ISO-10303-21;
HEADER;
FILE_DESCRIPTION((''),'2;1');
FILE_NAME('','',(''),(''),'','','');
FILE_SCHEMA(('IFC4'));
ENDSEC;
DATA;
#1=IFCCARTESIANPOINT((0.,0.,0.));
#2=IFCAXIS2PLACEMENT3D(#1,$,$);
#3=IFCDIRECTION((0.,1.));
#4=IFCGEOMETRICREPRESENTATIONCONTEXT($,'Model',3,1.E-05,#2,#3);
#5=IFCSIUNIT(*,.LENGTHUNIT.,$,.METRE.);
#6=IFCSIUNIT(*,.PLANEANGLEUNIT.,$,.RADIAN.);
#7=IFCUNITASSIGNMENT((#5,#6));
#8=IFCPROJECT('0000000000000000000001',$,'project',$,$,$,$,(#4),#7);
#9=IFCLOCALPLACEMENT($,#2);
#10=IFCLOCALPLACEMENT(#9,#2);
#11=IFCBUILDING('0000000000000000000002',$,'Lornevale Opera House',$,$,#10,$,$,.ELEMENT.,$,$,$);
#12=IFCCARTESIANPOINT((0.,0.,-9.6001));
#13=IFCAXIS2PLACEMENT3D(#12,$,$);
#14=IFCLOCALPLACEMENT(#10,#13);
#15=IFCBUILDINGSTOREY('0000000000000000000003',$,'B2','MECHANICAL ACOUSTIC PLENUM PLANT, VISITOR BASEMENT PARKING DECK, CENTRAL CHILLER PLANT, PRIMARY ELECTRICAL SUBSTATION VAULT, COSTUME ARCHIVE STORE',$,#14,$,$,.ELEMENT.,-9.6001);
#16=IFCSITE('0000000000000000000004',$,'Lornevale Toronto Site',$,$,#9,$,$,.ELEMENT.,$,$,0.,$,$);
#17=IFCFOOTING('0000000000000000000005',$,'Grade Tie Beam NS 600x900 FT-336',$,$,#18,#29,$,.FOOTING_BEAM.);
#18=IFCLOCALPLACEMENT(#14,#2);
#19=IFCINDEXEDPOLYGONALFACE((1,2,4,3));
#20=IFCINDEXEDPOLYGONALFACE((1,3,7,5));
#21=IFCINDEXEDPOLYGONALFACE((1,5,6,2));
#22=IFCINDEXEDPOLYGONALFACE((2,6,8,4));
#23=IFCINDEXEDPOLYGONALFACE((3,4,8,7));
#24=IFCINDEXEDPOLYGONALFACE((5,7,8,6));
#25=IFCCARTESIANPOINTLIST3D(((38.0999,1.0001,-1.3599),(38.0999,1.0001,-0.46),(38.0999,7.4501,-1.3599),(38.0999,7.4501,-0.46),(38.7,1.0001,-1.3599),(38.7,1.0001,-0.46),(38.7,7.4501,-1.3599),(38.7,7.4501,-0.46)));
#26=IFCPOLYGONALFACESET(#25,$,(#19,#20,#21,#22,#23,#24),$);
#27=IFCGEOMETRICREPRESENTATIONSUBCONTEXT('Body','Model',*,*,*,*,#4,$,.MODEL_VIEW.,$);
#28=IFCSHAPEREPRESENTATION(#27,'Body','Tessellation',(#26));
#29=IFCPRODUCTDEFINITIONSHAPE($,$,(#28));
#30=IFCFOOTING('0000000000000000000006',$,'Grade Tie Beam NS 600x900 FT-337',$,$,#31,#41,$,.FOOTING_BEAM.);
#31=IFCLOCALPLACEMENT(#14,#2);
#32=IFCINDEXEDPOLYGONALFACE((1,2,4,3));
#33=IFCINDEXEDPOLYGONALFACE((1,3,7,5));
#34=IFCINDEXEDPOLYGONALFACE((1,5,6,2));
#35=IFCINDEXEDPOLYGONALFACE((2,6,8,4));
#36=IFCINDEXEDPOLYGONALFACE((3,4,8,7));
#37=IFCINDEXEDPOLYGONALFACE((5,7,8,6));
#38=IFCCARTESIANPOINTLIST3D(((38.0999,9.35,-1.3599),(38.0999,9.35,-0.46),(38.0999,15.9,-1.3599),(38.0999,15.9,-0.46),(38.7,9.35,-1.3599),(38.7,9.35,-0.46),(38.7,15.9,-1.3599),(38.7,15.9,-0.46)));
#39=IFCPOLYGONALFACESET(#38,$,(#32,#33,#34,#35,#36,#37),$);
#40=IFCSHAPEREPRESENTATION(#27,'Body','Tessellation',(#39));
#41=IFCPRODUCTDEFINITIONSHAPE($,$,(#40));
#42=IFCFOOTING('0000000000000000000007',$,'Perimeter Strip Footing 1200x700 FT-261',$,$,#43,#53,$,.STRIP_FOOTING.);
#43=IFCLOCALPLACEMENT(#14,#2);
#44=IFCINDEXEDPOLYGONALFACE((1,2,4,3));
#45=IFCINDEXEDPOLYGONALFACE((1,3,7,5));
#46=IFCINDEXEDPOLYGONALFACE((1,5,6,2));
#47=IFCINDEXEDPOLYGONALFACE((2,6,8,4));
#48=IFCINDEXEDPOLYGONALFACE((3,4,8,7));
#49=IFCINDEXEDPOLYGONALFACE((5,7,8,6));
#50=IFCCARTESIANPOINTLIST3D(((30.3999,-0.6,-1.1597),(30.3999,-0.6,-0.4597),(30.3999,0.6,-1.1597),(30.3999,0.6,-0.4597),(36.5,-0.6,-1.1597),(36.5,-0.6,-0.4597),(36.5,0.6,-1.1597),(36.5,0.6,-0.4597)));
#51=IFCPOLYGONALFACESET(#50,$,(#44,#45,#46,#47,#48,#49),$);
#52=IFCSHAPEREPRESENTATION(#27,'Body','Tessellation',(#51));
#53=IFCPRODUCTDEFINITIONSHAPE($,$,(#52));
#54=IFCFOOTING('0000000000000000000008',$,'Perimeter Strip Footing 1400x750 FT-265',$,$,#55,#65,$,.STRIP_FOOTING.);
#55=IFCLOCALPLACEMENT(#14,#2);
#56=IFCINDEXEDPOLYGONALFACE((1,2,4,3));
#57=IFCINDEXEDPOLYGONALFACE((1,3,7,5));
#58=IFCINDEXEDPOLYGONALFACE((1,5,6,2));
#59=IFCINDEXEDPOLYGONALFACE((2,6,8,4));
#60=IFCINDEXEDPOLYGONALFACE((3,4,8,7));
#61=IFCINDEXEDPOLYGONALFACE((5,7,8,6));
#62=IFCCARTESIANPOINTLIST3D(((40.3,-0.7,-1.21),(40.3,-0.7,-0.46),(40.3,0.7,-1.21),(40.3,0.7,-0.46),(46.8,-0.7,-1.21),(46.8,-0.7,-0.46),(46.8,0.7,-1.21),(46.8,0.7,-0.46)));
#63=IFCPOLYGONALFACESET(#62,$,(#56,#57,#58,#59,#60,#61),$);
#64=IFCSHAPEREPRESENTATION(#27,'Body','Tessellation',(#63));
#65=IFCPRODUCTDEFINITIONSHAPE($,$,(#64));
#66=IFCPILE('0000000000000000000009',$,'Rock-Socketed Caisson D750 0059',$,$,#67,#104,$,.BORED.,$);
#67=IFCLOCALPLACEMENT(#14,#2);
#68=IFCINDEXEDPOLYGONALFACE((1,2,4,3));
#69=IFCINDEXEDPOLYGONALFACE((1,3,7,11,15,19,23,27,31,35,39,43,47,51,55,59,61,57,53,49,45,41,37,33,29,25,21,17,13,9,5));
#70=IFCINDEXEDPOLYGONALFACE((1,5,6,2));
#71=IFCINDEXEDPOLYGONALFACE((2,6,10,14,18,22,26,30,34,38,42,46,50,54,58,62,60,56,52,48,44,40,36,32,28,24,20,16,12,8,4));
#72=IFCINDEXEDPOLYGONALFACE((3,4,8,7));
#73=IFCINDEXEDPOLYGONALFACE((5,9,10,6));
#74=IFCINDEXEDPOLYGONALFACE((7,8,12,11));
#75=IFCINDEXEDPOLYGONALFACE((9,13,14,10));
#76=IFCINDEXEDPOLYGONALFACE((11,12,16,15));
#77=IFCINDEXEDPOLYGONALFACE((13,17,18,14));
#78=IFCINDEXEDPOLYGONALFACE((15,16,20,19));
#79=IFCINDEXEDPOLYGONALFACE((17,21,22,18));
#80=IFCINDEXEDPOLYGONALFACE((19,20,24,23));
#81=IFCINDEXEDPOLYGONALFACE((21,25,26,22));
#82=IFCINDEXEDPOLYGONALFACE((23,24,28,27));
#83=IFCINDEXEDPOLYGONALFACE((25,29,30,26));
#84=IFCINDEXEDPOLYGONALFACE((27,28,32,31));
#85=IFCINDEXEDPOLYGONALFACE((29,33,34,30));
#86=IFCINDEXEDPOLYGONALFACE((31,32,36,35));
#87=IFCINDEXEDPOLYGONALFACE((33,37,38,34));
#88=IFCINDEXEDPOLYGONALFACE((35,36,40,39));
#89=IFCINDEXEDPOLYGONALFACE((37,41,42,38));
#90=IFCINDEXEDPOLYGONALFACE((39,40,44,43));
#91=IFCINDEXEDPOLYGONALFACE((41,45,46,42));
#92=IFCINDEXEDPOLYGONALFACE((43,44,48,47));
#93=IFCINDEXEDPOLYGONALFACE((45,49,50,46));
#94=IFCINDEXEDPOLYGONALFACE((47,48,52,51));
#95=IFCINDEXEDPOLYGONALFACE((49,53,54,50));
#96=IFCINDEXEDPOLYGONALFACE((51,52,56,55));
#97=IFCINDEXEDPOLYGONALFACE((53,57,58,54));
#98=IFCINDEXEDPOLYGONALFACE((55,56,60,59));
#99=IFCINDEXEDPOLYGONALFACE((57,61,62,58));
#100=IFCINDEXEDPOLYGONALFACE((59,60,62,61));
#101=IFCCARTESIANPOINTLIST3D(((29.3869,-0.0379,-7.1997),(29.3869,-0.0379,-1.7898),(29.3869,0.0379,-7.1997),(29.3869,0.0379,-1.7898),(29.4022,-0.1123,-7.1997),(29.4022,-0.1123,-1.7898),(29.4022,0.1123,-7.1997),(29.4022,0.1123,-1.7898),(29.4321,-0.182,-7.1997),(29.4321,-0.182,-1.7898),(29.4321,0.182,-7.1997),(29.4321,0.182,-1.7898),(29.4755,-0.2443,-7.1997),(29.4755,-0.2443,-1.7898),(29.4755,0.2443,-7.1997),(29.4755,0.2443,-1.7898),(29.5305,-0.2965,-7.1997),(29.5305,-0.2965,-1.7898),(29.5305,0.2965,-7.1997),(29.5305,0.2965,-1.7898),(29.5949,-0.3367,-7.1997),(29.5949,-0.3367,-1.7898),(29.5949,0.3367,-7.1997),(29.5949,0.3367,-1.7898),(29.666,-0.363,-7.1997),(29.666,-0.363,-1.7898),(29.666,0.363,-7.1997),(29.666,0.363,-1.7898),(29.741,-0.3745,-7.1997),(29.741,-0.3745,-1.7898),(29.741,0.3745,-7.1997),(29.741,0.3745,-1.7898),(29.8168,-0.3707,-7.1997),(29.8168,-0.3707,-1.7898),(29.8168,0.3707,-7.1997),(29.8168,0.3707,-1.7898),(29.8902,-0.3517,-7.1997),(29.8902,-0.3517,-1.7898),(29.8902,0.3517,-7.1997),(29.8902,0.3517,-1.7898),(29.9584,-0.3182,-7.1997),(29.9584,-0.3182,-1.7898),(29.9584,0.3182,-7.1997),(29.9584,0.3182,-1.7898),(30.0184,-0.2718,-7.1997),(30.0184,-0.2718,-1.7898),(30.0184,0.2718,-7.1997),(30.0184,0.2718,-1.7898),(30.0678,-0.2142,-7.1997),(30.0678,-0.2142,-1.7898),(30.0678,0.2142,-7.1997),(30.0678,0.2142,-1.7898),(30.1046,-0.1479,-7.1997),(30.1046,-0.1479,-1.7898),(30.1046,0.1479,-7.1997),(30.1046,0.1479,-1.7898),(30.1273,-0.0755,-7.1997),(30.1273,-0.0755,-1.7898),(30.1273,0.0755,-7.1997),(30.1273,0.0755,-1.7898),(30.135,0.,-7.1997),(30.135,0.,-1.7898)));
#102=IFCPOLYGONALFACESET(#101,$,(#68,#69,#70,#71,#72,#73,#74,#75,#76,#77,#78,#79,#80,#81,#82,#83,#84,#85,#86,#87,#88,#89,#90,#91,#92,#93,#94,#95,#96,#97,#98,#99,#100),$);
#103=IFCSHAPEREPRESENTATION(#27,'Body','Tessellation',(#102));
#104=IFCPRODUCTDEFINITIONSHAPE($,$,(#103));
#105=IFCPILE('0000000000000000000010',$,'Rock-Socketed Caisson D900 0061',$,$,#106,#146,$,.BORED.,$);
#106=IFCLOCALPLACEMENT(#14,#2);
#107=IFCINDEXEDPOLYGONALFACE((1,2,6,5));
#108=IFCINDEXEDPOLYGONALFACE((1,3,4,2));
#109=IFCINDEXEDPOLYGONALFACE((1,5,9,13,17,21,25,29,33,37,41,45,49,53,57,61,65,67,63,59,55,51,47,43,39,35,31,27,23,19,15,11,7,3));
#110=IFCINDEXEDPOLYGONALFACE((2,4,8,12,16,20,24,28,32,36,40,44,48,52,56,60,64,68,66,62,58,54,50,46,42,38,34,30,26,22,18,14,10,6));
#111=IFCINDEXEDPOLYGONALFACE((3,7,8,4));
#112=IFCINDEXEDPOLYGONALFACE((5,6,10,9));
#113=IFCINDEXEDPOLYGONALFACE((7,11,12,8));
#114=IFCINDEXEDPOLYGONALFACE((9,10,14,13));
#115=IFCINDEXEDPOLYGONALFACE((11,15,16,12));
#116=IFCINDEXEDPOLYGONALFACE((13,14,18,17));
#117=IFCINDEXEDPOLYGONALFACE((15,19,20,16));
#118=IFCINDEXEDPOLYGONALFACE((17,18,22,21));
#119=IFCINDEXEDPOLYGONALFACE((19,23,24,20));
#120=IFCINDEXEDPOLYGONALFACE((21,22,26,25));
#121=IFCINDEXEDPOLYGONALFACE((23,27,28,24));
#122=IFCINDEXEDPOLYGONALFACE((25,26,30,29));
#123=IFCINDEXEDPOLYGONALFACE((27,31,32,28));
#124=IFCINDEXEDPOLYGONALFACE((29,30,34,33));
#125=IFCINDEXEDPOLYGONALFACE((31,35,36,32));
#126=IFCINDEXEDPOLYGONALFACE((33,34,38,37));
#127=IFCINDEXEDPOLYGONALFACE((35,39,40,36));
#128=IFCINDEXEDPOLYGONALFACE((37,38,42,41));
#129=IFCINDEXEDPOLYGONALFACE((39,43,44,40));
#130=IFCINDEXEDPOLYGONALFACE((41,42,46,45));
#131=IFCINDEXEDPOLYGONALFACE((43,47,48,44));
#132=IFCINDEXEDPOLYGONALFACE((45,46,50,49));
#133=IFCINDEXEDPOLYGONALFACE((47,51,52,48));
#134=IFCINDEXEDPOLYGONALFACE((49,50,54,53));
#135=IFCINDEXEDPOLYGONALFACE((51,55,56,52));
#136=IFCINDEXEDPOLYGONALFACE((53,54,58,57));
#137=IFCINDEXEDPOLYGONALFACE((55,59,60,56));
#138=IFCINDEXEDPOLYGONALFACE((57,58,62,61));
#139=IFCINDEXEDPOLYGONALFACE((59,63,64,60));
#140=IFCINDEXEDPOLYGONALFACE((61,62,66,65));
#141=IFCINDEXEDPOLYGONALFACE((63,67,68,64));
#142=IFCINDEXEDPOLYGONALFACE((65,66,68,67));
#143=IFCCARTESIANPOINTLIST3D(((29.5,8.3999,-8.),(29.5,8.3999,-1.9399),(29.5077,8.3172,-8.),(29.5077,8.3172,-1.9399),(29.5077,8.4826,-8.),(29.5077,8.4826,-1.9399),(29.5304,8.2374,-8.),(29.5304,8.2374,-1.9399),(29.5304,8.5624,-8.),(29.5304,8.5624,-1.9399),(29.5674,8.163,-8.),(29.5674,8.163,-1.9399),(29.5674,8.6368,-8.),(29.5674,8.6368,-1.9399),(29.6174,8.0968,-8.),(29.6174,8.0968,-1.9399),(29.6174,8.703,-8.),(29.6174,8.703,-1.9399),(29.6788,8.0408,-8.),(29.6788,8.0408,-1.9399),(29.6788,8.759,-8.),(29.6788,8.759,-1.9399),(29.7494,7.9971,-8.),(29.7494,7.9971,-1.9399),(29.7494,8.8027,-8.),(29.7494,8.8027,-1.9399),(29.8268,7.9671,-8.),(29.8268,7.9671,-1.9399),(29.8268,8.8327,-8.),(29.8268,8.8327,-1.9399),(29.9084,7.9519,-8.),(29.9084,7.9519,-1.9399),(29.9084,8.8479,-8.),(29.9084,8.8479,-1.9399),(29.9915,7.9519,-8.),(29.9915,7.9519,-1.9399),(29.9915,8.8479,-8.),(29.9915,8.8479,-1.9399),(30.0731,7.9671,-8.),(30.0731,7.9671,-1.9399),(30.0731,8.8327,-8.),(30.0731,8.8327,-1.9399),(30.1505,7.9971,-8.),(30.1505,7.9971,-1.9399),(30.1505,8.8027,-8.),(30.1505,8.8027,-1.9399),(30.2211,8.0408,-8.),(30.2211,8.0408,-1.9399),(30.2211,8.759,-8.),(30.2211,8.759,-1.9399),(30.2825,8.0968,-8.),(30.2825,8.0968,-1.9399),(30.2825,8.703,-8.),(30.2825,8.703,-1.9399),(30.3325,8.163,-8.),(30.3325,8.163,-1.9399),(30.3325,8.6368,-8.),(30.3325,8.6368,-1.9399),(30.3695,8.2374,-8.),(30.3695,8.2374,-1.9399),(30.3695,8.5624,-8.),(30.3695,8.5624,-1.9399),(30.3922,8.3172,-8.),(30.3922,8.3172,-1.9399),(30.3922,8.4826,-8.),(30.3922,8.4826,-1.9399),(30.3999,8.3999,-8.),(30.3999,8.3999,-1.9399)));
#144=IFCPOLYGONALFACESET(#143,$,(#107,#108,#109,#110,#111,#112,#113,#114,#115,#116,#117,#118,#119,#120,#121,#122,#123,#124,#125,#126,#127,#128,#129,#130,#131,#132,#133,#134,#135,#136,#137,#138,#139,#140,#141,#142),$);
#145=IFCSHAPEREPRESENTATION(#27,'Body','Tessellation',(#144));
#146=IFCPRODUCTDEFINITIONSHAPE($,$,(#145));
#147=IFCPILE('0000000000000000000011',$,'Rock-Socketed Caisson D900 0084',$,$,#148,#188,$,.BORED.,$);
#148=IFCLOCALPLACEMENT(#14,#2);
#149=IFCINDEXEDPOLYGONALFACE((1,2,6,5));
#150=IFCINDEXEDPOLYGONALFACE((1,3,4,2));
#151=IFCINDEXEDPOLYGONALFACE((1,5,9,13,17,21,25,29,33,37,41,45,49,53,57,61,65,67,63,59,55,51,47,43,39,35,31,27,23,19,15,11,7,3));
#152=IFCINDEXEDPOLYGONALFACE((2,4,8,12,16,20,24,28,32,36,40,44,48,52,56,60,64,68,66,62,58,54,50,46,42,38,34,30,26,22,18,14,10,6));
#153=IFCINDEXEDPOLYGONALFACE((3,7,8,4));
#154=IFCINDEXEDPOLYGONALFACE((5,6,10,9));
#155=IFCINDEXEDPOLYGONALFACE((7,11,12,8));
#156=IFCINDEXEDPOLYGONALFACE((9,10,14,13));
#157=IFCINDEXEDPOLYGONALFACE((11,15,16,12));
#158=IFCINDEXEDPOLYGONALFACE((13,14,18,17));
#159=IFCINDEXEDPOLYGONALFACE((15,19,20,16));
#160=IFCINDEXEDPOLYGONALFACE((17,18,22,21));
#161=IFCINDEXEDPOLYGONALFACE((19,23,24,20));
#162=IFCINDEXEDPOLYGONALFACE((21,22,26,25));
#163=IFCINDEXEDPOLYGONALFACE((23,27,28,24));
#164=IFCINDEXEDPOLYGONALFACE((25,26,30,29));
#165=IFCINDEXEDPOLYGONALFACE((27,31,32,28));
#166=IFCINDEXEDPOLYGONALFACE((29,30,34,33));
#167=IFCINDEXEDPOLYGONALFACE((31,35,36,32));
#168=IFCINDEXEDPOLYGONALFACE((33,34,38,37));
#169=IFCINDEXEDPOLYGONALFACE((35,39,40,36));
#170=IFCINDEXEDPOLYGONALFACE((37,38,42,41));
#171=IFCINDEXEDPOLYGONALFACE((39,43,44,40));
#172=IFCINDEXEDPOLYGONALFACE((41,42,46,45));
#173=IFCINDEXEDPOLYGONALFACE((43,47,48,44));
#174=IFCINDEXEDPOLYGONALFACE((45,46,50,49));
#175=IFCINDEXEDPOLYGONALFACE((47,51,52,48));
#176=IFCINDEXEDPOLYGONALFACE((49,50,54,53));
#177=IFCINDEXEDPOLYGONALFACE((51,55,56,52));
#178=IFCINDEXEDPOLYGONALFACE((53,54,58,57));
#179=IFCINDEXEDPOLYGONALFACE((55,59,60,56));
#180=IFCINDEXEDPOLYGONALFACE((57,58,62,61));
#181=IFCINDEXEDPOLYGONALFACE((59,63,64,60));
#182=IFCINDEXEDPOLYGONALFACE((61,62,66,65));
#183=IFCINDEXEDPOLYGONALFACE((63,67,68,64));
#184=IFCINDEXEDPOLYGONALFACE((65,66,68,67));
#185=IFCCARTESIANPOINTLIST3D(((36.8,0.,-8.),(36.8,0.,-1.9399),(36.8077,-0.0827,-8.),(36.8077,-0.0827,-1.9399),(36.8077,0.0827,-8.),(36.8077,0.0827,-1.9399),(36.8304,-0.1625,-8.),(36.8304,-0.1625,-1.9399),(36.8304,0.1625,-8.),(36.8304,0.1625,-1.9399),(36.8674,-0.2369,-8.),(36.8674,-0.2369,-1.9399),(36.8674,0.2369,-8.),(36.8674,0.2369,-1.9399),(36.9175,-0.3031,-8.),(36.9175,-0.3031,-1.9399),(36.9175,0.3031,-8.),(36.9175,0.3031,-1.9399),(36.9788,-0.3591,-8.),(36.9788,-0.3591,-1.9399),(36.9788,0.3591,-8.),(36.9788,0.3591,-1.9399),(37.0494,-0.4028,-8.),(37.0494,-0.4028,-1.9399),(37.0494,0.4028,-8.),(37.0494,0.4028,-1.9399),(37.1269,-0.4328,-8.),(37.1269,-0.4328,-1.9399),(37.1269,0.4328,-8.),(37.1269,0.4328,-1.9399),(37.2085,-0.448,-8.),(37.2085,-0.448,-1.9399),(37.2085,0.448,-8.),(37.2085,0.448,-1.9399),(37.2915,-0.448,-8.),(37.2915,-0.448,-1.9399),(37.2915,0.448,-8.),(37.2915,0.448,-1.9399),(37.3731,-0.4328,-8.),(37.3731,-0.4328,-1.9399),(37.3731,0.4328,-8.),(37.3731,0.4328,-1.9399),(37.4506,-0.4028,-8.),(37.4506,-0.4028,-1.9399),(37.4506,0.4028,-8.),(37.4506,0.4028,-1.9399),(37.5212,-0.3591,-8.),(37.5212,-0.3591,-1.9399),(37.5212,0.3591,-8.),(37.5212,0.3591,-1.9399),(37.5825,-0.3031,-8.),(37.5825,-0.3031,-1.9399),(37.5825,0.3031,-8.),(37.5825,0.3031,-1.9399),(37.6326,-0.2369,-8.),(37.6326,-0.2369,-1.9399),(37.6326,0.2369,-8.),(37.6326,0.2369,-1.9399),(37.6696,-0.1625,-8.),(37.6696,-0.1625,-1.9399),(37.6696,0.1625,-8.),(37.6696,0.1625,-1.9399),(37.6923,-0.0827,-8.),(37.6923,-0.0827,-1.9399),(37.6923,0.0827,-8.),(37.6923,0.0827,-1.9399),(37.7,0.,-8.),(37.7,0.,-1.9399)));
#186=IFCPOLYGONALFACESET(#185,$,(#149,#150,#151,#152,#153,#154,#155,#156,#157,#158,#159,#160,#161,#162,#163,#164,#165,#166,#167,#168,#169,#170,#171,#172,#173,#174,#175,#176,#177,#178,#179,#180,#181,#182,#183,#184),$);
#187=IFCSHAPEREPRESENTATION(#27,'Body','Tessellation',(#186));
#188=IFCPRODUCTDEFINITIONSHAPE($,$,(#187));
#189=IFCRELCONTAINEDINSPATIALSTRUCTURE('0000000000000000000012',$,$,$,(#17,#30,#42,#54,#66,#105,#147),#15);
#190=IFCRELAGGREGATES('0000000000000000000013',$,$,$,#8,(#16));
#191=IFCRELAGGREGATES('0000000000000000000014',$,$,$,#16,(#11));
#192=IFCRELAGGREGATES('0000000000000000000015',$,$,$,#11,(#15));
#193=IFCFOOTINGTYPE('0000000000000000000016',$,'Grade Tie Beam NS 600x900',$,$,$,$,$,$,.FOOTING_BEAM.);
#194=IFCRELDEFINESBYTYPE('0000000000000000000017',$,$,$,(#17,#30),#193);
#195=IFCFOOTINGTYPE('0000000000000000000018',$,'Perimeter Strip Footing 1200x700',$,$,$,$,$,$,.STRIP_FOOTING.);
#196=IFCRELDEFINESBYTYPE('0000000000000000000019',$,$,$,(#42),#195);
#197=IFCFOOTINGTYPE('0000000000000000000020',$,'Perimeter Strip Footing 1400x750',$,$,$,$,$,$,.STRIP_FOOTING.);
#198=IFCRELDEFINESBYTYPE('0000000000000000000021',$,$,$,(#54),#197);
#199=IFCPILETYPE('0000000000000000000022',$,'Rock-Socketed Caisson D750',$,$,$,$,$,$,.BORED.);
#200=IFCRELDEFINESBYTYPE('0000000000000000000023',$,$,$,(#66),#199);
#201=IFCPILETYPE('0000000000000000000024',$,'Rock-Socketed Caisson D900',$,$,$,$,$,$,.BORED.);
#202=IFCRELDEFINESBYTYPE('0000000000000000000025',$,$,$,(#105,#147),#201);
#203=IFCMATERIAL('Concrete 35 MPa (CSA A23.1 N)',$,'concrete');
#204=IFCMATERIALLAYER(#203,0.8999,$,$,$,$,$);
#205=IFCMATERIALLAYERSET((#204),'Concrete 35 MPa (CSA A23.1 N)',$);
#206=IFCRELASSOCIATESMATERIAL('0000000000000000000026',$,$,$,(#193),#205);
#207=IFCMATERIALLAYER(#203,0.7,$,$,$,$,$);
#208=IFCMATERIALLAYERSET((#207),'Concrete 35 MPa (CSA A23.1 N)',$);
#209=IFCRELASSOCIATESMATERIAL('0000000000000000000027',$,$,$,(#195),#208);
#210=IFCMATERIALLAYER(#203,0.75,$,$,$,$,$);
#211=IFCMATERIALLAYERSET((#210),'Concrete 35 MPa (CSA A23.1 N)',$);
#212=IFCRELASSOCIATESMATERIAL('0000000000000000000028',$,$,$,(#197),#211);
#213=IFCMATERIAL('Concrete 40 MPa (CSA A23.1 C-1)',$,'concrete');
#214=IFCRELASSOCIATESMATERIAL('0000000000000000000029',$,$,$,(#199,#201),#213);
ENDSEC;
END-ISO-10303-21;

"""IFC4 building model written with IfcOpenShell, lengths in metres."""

from ifc_helpers import new_model, si_unit, direction, frame, origin, origin_2d, place, context, subcontext, project, spatial, rectangle, circle, extrude, material, layer, layer_set, material_profile, profile_set, type_object, element, save


model = new_model("IFC4")

# Units and contexts
model_context = context("Model", 3, precision=1e-05, world=origin(), true_north=direction((0.0, 1.0)))
body_context = subcontext(model_context, "Body", "Model", "MODEL_VIEW")
ifc_project = project(units=[si_unit("LENGTHUNIT", "METRE"), si_unit("PLANEANGLEUNIT", "RADIAN")], contexts=[model_context])

# Site, building, storey
site_placement = place(None, origin())
site = spatial("IfcSite", under=ifc_project, at=site_placement, Name="Lornevale Toronto Site", CompositionType="ELEMENT", RefElevation=0.0)
building_placement = place(site_placement, origin())
building = spatial("IfcBuilding", under=site, at=building_placement, Name="Lornevale Opera House", CompositionType="ELEMENT")
storey_placement = place(building_placement, frame((0.0, 0.0, -9.6001)))
storey = spatial("IfcBuildingStorey", under=building, at=storey_placement, Name="B2", Description="MECHANICAL ACOUSTIC PLENUM PLANT, VISITOR BASEMENT PARKING DECK, CENTRAL CHILLER PLANT, PRIMARY ELECTRICAL SUBSTATION VAULT, COSTUME ARCHIVE STORE", CompositionType="ELEMENT", Elevation=-9.6001)

# Footings
ifc_material_1 = material(Name="Concrete 35 MPa (CSA A23.1 N)", Category="concrete")
ifc_layer_1 = layer(ifc_material_1, 0.8999)
ifc_layer_set_1 = layer_set([ifc_layer_1], Name="Concrete 35 MPa (CSA A23.1 N)")
footing_type_1 = type_object("IfcFootingType", Name="Grade Tie Beam NS 600x900", PredefinedType="FOOTING_BEAM", material=ifc_layer_set_1)
footing_1_placement = place(storey_placement, frame((38.3999, 4.2251, -1.3599), z_axis=(0.0, 0.0, 1.0), x_axis=(1.0, 0.0, 0.0)))
element("IfcFooting", 1, at=footing_1_placement, inside=storey, type_object=footing_type_1, Name="Grade Tie Beam NS 600x900 FT-336", PredefinedType="FOOTING_BEAM", context=body_context, shape_type="SweptSolid", body=[
    extrude(rectangle(XDim=0.6001, YDim=6.45, at=origin_2d()), origin(), (0.0, 0.0, 1.0), 0.8999),
])
footing_2_placement = place(storey_placement, frame((38.3999, 12.625, -1.3599), z_axis=(0.0, 0.0, 1.0), x_axis=(1.0, 0.0, 0.0)))
element("IfcFooting", 2, at=footing_2_placement, inside=storey, type_object=footing_type_1, Name="Grade Tie Beam NS 600x900 FT-337", PredefinedType="FOOTING_BEAM", context=body_context, shape_type="SweptSolid", body=[
    extrude(rectangle(XDim=0.6001, YDim=6.55, at=origin_2d()), origin(), (0.0, 0.0, 1.0), 0.8999),
])
ifc_layer_2 = layer(ifc_material_1, 0.7)
ifc_layer_set_2 = layer_set([ifc_layer_2], Name="Concrete 35 MPa (CSA A23.1 N)")
footing_type_2 = type_object("IfcFootingType", Name="Perimeter Strip Footing 1200x700", PredefinedType="STRIP_FOOTING", material=ifc_layer_set_2)
footing_3_placement = place(storey_placement, frame((33.45, 0.0, -1.1597), z_axis=(0.0, 0.0, 1.0), x_axis=(1.0, 0.0, 0.0)))
element("IfcFooting", 3, at=footing_3_placement, inside=storey, type_object=footing_type_2, Name="Perimeter Strip Footing 1200x700 FT-261", PredefinedType="STRIP_FOOTING", context=body_context, shape_type="SweptSolid", body=[
    extrude(rectangle(XDim=6.1001, YDim=1.2, at=origin_2d()), origin(), (0.0, 0.0, 1.0), 0.7),
])
ifc_layer_3 = layer(ifc_material_1, 0.75)
ifc_layer_set_3 = layer_set([ifc_layer_3], Name="Concrete 35 MPa (CSA A23.1 N)")
footing_type_3 = type_object("IfcFootingType", Name="Perimeter Strip Footing 1400x750", PredefinedType="STRIP_FOOTING", material=ifc_layer_set_3)
footing_4_placement = place(storey_placement, frame((43.55, 0.0, -1.21), z_axis=(0.0, 0.0, 1.0), x_axis=(1.0, 0.0, 0.0)))
element("IfcFooting", 4, at=footing_4_placement, inside=storey, type_object=footing_type_3, Name="Perimeter Strip Footing 1400x750 FT-265", PredefinedType="STRIP_FOOTING", context=body_context, shape_type="SweptSolid", body=[
    extrude(rectangle(XDim=6.5, YDim=1.3999, at=origin_2d()), origin(), (0.0, 0.0, 1.0), 0.75),
])

# Piles
ifc_material_2 = material(Name="Concrete 40 MPa (CSA A23.1 C-1)", Category="concrete")
ifc_material_profile_1 = material_profile(ifc_material_2, circle(Radius=0.375, at=origin_2d()), Name="CAIS750")
ifc_profile_set_1 = profile_set([ifc_material_profile_1], Name="Concrete 40 MPa (CSA A23.1 C-1)")
pile_type_1 = type_object("IfcPileType", Name="Rock-Socketed Caisson D750", PredefinedType="BORED", material=ifc_profile_set_1)
pile_placement = place(storey_placement, frame((29.76, 0.0, -1.7898), z_axis=(0.0, 0.0, -1.0), x_axis=(1.0, 0.0, 0.0)))
element("IfcPile", 5, at=pile_placement, inside=storey, type_object=pile_type_1, Name="Rock-Socketed Caisson D750 0059", PredefinedType="BORED", context=body_context, shape_type="SweptSolid", body=[
    extrude(circle(Radius=0.375, at=origin_2d()), origin(), (0.0, 0.0, 1.0), 5.4099),
])
ifc_material_profile_2 = material_profile(ifc_material_2, circle(Radius=0.45, at=origin_2d()), Name="CAIS900")
ifc_profile_set_2 = profile_set([ifc_material_profile_2], Name="Concrete 40 MPa (CSA A23.1 C-1)")
pile_type_2 = type_object("IfcPileType", Name="Rock-Socketed Caisson D900", PredefinedType="BORED", material=ifc_profile_set_2)
for number, where, z_axis, x_axis, name in (
    (6, (29.95, 8.3999, -1.9399), (0.0, 0.0, -1.0), (1.0, 0.0, 0.0), "Rock-Socketed Caisson D900 0061"),
    (7, (37.25, 0.0, -1.9399), (0.0, 0.0, -1.0), (1.0, 0.0, 0.0), "Rock-Socketed Caisson D900 0084"),
):
    element("IfcPile", number, at=place(storey_placement, frame(where, z_axis=z_axis, x_axis=x_axis)), inside=storey, type_object=pile_type_2, Name=name, PredefinedType="BORED", context=body_context, shape_type="SweptSolid", body=[
        extrude(circle(Radius=0.45, at=origin_2d()), origin(), (0.0, 0.0, 1.0), 6.0601),
    ])

save(model, "model.ifc")
